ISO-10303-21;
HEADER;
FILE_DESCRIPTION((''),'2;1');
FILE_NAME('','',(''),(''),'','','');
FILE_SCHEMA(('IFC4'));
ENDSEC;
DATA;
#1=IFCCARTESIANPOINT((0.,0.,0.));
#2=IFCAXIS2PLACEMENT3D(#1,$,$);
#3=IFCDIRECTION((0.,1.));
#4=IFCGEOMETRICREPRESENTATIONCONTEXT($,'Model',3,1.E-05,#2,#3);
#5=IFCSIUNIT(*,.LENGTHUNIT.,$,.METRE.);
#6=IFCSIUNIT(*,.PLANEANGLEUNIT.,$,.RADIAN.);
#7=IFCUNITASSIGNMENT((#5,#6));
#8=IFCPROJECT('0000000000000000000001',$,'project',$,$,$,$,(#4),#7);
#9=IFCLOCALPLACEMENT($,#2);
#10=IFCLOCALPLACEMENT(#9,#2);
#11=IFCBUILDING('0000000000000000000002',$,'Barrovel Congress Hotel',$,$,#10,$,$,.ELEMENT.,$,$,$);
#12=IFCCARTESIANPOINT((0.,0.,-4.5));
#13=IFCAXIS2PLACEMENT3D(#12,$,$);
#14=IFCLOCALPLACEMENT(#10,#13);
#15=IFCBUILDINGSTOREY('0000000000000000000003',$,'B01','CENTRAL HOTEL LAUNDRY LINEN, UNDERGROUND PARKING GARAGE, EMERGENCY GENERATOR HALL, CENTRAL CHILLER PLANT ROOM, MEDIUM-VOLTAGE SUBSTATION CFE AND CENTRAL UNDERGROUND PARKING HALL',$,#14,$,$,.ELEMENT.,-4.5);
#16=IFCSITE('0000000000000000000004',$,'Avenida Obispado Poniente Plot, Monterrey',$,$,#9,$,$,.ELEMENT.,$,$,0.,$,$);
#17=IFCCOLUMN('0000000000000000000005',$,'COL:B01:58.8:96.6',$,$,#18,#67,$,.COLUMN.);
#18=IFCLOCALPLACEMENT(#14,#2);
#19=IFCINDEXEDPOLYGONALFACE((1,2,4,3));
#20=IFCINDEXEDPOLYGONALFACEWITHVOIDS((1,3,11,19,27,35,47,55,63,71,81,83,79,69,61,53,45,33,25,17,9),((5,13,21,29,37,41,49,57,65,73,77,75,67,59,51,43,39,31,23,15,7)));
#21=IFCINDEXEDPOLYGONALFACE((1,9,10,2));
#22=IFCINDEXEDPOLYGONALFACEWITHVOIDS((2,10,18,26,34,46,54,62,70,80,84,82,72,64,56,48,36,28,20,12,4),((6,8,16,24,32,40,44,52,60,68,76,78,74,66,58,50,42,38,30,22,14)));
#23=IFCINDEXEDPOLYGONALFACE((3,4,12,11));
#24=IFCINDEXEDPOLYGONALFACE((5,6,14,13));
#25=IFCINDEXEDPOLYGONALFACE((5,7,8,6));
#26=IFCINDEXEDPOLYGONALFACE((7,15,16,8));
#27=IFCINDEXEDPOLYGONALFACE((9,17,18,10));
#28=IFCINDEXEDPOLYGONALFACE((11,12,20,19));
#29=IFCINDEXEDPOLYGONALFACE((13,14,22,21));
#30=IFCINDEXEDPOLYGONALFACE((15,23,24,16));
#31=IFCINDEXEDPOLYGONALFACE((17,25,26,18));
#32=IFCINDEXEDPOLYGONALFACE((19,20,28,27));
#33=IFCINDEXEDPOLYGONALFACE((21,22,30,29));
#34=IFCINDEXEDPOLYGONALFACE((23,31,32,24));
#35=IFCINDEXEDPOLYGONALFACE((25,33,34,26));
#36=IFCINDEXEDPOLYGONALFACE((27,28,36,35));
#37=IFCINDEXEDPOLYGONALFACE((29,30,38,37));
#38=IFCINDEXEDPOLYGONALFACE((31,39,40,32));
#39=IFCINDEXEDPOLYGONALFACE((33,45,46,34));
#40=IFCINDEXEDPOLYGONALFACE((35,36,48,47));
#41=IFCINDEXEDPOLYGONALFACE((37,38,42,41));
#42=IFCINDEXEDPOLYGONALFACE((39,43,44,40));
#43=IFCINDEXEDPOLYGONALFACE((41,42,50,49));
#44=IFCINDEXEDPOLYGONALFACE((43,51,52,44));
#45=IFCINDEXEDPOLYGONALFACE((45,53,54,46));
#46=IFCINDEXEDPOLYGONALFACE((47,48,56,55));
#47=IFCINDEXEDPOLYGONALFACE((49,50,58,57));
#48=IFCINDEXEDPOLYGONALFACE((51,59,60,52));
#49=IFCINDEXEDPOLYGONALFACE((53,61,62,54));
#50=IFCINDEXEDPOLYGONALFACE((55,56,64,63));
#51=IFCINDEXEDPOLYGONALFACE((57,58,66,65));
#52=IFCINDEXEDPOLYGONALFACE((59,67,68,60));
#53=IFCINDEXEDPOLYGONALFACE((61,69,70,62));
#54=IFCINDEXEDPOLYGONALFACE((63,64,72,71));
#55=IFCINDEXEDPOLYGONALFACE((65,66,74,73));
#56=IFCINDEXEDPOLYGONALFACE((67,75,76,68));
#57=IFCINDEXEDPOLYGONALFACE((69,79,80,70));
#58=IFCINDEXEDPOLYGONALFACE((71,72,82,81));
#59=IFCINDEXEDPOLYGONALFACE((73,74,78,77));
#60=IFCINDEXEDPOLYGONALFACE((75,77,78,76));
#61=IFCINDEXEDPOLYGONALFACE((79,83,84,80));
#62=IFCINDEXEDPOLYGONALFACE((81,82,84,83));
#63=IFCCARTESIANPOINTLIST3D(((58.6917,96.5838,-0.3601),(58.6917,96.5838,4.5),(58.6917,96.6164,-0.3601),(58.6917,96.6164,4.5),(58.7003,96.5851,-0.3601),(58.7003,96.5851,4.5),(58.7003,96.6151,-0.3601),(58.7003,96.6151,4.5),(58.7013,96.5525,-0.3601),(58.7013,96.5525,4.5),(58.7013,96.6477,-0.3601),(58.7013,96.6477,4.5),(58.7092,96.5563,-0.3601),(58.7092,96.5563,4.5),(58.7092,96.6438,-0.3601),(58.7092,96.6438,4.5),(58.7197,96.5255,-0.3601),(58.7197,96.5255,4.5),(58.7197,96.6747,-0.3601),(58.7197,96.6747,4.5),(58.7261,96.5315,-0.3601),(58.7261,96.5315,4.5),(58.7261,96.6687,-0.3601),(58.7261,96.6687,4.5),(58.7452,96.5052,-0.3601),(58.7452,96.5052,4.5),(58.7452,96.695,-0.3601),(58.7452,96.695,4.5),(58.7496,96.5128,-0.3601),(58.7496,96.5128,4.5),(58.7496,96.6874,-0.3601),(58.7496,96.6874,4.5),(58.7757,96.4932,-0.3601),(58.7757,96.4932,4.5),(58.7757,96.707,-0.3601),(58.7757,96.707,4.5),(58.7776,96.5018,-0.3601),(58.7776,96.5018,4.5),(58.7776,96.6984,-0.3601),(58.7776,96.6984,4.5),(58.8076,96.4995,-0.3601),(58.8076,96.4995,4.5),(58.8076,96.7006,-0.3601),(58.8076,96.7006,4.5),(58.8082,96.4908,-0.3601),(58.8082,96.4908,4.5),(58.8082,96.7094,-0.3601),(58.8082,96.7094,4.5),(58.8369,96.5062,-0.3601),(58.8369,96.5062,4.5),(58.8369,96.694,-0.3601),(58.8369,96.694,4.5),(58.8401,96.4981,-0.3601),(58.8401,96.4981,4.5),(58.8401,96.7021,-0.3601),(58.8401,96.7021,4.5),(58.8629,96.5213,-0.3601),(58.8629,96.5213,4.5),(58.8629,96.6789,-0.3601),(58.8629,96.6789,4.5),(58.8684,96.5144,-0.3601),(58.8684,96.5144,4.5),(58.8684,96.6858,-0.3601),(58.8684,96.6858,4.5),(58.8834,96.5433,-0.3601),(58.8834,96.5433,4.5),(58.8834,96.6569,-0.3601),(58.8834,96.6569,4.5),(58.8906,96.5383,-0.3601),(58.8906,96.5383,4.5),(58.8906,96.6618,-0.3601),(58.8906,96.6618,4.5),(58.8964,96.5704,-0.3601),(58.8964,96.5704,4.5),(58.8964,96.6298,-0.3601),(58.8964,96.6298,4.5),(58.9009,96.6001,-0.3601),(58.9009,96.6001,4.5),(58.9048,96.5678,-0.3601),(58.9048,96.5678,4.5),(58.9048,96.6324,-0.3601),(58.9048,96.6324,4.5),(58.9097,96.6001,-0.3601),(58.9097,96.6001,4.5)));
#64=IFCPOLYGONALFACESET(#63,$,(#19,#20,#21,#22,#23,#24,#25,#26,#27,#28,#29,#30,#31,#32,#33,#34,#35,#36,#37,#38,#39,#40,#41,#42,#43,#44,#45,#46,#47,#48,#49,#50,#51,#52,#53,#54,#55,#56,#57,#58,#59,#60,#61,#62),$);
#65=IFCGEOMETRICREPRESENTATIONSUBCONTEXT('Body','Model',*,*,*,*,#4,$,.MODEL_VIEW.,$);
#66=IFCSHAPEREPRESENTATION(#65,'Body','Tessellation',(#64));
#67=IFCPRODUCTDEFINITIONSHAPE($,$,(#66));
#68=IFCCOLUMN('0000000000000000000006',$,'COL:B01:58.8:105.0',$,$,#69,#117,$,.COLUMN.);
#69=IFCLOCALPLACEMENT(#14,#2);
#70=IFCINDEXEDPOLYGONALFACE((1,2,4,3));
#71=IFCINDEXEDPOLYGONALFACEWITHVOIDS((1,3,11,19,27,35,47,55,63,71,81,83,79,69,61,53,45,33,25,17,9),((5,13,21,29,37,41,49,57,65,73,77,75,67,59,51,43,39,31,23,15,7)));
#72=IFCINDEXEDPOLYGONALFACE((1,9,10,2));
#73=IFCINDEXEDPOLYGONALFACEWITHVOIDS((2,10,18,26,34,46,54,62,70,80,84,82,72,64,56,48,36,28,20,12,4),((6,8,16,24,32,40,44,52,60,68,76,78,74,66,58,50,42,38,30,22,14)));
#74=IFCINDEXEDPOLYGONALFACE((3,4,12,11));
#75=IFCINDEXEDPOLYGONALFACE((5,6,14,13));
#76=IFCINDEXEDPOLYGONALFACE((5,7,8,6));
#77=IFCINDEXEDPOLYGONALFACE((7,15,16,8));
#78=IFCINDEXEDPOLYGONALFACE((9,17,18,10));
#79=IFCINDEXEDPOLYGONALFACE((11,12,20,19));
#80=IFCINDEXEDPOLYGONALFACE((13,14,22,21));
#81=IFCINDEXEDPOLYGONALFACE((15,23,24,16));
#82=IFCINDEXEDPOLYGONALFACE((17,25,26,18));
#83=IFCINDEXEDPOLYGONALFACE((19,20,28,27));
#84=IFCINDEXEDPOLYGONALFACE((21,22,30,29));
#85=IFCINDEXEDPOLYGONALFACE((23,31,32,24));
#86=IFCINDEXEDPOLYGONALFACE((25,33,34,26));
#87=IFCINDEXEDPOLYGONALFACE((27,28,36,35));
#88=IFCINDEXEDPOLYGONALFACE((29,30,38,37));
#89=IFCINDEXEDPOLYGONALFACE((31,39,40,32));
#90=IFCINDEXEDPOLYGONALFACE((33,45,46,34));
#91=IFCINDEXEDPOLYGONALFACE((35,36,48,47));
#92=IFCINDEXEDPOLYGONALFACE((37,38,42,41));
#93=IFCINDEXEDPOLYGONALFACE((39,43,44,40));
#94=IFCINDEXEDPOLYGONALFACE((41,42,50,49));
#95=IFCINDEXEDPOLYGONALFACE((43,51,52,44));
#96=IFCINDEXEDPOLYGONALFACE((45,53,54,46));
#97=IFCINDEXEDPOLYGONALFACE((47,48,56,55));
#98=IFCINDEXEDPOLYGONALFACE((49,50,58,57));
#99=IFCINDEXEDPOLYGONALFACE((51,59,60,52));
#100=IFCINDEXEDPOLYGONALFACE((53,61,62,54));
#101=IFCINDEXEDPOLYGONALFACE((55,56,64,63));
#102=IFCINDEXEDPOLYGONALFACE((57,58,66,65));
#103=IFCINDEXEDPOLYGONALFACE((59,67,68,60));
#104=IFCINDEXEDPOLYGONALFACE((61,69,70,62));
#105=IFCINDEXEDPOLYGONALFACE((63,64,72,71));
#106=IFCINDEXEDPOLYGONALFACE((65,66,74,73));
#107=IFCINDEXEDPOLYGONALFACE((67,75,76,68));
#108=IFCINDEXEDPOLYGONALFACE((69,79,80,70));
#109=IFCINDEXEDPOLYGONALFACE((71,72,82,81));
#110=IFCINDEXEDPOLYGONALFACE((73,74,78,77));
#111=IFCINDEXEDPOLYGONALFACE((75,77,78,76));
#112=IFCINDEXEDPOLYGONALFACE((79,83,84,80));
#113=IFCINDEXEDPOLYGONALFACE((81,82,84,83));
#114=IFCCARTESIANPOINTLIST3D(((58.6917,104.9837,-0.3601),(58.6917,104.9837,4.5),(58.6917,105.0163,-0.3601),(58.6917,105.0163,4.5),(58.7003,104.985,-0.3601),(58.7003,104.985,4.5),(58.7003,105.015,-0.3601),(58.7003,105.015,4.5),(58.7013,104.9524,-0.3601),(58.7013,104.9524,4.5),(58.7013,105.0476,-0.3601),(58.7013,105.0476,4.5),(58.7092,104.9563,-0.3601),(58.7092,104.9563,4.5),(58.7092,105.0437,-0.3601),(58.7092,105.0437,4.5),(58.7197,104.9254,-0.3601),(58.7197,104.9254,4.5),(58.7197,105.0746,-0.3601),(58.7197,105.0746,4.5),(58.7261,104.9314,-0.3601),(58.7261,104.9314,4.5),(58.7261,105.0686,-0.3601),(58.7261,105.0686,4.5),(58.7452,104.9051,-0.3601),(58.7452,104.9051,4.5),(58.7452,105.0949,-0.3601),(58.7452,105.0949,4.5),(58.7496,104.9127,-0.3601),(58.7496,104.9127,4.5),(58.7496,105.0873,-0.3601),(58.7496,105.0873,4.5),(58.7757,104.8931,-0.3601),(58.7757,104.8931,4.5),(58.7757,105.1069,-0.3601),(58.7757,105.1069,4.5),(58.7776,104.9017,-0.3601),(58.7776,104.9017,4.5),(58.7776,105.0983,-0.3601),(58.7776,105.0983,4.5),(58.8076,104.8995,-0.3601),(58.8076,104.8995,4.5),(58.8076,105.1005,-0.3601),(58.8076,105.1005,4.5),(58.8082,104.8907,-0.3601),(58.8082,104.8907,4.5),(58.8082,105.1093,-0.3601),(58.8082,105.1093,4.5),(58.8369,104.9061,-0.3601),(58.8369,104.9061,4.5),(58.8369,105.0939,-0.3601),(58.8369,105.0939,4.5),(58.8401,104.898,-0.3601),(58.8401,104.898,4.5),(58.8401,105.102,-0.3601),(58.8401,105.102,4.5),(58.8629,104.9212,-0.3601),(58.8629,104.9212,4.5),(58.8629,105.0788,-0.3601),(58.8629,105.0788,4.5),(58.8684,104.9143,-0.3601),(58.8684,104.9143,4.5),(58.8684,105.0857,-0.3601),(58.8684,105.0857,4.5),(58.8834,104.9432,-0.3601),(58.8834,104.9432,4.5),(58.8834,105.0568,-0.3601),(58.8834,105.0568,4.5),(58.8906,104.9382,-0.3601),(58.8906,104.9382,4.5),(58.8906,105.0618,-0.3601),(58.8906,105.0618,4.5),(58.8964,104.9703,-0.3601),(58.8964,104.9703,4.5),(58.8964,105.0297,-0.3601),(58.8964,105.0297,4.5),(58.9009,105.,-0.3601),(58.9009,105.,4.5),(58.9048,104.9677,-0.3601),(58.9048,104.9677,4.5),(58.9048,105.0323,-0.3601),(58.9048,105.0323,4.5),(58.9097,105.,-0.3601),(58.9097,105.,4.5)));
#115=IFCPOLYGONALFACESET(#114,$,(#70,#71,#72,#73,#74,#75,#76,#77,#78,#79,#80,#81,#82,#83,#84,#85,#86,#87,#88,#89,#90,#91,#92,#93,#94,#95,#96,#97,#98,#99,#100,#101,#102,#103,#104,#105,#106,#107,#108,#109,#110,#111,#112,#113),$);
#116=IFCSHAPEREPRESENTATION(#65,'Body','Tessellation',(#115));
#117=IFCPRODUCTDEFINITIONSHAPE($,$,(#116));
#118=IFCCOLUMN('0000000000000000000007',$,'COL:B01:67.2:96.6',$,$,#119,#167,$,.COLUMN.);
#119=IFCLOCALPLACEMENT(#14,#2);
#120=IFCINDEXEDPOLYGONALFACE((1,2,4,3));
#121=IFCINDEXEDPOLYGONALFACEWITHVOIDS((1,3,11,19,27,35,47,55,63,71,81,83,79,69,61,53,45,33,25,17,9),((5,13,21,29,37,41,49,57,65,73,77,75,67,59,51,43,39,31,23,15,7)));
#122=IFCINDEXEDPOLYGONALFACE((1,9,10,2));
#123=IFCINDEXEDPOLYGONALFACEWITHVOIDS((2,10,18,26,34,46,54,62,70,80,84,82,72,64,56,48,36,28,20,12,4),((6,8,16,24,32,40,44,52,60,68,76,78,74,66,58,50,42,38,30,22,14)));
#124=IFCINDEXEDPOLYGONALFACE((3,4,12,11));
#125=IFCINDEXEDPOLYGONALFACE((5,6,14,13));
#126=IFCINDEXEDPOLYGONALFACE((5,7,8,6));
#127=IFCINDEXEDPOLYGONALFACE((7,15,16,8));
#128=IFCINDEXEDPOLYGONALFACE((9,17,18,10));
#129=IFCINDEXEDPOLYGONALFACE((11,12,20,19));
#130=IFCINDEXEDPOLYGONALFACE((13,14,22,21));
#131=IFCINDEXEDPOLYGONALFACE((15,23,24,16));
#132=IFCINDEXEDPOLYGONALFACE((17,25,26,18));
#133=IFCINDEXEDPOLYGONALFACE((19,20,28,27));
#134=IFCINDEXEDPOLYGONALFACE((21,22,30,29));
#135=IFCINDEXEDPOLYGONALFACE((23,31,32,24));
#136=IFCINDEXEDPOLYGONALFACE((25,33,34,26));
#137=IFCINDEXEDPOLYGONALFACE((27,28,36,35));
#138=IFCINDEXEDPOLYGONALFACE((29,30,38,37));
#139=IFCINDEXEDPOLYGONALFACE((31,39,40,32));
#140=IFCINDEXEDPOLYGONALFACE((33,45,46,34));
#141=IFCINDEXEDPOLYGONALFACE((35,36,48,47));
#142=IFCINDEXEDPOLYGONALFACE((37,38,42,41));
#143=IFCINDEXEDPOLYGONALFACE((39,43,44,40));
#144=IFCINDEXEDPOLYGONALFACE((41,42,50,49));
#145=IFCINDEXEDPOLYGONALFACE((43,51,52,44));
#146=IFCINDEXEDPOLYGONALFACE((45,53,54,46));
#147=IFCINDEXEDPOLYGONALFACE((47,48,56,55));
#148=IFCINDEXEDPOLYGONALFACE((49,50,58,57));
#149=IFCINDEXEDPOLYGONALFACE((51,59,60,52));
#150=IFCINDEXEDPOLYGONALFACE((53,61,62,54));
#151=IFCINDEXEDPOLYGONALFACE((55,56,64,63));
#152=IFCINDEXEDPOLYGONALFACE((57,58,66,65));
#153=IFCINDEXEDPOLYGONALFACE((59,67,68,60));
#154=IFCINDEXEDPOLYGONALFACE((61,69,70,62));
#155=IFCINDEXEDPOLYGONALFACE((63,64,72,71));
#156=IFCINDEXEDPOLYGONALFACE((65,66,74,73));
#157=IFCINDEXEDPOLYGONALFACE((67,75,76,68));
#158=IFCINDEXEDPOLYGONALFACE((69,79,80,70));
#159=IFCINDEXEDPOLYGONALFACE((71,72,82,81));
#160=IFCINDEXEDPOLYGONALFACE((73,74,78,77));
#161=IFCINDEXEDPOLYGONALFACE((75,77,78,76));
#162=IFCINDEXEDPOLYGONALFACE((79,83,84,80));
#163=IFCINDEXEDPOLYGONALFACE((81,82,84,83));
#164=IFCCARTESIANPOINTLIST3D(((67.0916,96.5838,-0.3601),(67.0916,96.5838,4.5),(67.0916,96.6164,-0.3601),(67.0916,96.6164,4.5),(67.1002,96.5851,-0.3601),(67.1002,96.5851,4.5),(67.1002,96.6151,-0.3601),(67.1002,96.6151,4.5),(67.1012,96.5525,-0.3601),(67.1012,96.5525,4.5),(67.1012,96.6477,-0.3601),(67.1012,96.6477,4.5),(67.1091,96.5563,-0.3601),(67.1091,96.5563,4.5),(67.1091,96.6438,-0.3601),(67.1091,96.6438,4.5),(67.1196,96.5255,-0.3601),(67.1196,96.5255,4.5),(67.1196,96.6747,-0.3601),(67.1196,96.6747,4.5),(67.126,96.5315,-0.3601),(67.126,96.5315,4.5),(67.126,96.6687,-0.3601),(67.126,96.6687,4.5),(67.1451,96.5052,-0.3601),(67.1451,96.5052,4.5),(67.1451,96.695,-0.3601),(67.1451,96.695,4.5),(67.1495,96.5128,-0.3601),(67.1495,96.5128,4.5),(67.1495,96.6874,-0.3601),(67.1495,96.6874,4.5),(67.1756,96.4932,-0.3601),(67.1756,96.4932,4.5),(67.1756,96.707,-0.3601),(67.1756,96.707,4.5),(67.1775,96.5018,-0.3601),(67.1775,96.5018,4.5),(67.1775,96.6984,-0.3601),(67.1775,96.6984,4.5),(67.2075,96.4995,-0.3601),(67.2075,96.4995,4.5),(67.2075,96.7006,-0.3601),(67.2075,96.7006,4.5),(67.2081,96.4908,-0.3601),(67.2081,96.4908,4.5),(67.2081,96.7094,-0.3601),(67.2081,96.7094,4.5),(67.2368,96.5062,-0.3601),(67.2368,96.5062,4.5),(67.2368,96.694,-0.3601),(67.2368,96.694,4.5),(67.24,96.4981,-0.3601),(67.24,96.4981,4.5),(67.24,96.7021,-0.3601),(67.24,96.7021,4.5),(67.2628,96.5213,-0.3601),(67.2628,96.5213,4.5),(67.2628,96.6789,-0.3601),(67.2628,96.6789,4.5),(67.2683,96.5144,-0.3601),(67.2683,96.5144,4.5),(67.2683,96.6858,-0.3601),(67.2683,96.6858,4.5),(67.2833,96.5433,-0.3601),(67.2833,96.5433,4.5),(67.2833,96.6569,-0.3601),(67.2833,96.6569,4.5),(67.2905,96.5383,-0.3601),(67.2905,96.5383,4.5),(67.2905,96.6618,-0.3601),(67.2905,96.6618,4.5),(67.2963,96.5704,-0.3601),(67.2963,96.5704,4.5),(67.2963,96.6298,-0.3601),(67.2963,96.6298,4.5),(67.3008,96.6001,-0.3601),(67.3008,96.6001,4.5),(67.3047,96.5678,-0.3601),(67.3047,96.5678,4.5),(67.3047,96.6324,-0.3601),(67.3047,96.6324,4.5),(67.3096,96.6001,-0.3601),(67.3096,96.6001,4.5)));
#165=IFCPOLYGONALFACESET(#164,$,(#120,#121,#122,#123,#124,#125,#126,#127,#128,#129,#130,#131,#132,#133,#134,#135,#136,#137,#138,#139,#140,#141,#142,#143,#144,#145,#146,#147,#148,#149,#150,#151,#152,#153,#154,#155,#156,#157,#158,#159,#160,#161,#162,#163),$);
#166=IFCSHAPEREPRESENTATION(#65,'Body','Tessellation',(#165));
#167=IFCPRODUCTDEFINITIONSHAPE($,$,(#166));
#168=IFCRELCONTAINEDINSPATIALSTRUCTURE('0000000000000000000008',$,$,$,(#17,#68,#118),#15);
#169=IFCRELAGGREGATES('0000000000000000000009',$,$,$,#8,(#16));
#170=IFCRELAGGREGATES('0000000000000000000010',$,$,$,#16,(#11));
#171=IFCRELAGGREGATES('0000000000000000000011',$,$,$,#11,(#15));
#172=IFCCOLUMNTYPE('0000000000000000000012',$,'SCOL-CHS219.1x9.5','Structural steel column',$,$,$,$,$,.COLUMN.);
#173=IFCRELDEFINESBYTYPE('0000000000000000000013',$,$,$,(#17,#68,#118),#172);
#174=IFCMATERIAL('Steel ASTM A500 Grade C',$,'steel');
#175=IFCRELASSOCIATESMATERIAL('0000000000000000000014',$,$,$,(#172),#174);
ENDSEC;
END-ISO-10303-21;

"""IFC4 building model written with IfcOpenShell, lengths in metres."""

from ifc_helpers import new_model, si_unit, direction, frame, origin, origin_2d, place, context, subcontext, project, spatial, hollow_circle, extrude, material, material_profile, profile_set, type_object, element, save


model = new_model("IFC4")

# Units and contexts
model_context = context("Model", 3, precision=1e-05, world=origin(), true_north=direction((0.0, 1.0)))
body_context = subcontext(model_context, "Body", "Model", "MODEL_VIEW")
ifc_project = project(units=[si_unit("LENGTHUNIT", "METRE"), si_unit("PLANEANGLEUNIT", "RADIAN")], contexts=[model_context])

# Site, building, storey
site_placement = place(None, origin())
site = spatial("IfcSite", under=ifc_project, at=site_placement, Name="Avenida Obispado Poniente Plot, Monterrey", CompositionType="ELEMENT", RefElevation=0.0)
building_placement = place(site_placement, origin())
building = spatial("IfcBuilding", under=site, at=building_placement, Name="Barrovel Congress Hotel", CompositionType="ELEMENT")
storey_placement = place(building_placement, frame((0.0, 0.0, -4.5)))
storey = spatial("IfcBuildingStorey", under=building, at=storey_placement, Name="B01", Description="CENTRAL HOTEL LAUNDRY LINEN, UNDERGROUND PARKING GARAGE, EMERGENCY GENERATOR HALL, CENTRAL CHILLER PLANT ROOM, MEDIUM-VOLTAGE SUBSTATION CFE AND CENTRAL UNDERGROUND PARKING HALL", CompositionType="ELEMENT", Elevation=-4.5)

# Columns
ifc_material_1 = material(Name="Steel ASTM A500 Grade C", Category="steel")
ifc_material_profile_1 = material_profile(ifc_material_1, hollow_circle(Radius=0.1096, WallThickness=0.0088, at=origin_2d()), Name="CHS219.1x9.5")
ifc_profile_set_1 = profile_set([ifc_material_profile_1], Name="Steel ASTM A500 Grade C")
column_type_1 = type_object("IfcColumnType", Name="SCOL-CHS219.1x9.5", Description="Structural steel column", PredefinedType="COLUMN", material=ifc_profile_set_1)
for number, where, z_axis, x_axis, name in (
    (1, (58.8, 96.6001, -0.3601), (0.0, 0.0, 1.0), (1.0, 0.0, 0.0), "COL:B01:58.8:96.6"),
    (2, (58.8, 105.0, -0.3601), (0.0, 0.0, 1.0), (1.0, 0.0, 0.0), "COL:B01:58.8:105.0"),
    (3, (67.2, 96.6001, -0.3601), (0.0, 0.0, 1.0), (1.0, 0.0, 0.0), "COL:B01:67.2:96.6"),
):
    element("IfcColumn", number, at=place(storey_placement, frame(where, z_axis=z_axis, x_axis=x_axis)), inside=storey, type_object=column_type_1, Name=name, PredefinedType="COLUMN", context=body_context, shape_type="SweptSolid", body=[
        extrude(hollow_circle(Radius=0.1096, WallThickness=0.0088, at=origin_2d()), origin(), (0.0, 0.0, 1.0), 4.8601),
    ])

save(model, "model.ifc")
